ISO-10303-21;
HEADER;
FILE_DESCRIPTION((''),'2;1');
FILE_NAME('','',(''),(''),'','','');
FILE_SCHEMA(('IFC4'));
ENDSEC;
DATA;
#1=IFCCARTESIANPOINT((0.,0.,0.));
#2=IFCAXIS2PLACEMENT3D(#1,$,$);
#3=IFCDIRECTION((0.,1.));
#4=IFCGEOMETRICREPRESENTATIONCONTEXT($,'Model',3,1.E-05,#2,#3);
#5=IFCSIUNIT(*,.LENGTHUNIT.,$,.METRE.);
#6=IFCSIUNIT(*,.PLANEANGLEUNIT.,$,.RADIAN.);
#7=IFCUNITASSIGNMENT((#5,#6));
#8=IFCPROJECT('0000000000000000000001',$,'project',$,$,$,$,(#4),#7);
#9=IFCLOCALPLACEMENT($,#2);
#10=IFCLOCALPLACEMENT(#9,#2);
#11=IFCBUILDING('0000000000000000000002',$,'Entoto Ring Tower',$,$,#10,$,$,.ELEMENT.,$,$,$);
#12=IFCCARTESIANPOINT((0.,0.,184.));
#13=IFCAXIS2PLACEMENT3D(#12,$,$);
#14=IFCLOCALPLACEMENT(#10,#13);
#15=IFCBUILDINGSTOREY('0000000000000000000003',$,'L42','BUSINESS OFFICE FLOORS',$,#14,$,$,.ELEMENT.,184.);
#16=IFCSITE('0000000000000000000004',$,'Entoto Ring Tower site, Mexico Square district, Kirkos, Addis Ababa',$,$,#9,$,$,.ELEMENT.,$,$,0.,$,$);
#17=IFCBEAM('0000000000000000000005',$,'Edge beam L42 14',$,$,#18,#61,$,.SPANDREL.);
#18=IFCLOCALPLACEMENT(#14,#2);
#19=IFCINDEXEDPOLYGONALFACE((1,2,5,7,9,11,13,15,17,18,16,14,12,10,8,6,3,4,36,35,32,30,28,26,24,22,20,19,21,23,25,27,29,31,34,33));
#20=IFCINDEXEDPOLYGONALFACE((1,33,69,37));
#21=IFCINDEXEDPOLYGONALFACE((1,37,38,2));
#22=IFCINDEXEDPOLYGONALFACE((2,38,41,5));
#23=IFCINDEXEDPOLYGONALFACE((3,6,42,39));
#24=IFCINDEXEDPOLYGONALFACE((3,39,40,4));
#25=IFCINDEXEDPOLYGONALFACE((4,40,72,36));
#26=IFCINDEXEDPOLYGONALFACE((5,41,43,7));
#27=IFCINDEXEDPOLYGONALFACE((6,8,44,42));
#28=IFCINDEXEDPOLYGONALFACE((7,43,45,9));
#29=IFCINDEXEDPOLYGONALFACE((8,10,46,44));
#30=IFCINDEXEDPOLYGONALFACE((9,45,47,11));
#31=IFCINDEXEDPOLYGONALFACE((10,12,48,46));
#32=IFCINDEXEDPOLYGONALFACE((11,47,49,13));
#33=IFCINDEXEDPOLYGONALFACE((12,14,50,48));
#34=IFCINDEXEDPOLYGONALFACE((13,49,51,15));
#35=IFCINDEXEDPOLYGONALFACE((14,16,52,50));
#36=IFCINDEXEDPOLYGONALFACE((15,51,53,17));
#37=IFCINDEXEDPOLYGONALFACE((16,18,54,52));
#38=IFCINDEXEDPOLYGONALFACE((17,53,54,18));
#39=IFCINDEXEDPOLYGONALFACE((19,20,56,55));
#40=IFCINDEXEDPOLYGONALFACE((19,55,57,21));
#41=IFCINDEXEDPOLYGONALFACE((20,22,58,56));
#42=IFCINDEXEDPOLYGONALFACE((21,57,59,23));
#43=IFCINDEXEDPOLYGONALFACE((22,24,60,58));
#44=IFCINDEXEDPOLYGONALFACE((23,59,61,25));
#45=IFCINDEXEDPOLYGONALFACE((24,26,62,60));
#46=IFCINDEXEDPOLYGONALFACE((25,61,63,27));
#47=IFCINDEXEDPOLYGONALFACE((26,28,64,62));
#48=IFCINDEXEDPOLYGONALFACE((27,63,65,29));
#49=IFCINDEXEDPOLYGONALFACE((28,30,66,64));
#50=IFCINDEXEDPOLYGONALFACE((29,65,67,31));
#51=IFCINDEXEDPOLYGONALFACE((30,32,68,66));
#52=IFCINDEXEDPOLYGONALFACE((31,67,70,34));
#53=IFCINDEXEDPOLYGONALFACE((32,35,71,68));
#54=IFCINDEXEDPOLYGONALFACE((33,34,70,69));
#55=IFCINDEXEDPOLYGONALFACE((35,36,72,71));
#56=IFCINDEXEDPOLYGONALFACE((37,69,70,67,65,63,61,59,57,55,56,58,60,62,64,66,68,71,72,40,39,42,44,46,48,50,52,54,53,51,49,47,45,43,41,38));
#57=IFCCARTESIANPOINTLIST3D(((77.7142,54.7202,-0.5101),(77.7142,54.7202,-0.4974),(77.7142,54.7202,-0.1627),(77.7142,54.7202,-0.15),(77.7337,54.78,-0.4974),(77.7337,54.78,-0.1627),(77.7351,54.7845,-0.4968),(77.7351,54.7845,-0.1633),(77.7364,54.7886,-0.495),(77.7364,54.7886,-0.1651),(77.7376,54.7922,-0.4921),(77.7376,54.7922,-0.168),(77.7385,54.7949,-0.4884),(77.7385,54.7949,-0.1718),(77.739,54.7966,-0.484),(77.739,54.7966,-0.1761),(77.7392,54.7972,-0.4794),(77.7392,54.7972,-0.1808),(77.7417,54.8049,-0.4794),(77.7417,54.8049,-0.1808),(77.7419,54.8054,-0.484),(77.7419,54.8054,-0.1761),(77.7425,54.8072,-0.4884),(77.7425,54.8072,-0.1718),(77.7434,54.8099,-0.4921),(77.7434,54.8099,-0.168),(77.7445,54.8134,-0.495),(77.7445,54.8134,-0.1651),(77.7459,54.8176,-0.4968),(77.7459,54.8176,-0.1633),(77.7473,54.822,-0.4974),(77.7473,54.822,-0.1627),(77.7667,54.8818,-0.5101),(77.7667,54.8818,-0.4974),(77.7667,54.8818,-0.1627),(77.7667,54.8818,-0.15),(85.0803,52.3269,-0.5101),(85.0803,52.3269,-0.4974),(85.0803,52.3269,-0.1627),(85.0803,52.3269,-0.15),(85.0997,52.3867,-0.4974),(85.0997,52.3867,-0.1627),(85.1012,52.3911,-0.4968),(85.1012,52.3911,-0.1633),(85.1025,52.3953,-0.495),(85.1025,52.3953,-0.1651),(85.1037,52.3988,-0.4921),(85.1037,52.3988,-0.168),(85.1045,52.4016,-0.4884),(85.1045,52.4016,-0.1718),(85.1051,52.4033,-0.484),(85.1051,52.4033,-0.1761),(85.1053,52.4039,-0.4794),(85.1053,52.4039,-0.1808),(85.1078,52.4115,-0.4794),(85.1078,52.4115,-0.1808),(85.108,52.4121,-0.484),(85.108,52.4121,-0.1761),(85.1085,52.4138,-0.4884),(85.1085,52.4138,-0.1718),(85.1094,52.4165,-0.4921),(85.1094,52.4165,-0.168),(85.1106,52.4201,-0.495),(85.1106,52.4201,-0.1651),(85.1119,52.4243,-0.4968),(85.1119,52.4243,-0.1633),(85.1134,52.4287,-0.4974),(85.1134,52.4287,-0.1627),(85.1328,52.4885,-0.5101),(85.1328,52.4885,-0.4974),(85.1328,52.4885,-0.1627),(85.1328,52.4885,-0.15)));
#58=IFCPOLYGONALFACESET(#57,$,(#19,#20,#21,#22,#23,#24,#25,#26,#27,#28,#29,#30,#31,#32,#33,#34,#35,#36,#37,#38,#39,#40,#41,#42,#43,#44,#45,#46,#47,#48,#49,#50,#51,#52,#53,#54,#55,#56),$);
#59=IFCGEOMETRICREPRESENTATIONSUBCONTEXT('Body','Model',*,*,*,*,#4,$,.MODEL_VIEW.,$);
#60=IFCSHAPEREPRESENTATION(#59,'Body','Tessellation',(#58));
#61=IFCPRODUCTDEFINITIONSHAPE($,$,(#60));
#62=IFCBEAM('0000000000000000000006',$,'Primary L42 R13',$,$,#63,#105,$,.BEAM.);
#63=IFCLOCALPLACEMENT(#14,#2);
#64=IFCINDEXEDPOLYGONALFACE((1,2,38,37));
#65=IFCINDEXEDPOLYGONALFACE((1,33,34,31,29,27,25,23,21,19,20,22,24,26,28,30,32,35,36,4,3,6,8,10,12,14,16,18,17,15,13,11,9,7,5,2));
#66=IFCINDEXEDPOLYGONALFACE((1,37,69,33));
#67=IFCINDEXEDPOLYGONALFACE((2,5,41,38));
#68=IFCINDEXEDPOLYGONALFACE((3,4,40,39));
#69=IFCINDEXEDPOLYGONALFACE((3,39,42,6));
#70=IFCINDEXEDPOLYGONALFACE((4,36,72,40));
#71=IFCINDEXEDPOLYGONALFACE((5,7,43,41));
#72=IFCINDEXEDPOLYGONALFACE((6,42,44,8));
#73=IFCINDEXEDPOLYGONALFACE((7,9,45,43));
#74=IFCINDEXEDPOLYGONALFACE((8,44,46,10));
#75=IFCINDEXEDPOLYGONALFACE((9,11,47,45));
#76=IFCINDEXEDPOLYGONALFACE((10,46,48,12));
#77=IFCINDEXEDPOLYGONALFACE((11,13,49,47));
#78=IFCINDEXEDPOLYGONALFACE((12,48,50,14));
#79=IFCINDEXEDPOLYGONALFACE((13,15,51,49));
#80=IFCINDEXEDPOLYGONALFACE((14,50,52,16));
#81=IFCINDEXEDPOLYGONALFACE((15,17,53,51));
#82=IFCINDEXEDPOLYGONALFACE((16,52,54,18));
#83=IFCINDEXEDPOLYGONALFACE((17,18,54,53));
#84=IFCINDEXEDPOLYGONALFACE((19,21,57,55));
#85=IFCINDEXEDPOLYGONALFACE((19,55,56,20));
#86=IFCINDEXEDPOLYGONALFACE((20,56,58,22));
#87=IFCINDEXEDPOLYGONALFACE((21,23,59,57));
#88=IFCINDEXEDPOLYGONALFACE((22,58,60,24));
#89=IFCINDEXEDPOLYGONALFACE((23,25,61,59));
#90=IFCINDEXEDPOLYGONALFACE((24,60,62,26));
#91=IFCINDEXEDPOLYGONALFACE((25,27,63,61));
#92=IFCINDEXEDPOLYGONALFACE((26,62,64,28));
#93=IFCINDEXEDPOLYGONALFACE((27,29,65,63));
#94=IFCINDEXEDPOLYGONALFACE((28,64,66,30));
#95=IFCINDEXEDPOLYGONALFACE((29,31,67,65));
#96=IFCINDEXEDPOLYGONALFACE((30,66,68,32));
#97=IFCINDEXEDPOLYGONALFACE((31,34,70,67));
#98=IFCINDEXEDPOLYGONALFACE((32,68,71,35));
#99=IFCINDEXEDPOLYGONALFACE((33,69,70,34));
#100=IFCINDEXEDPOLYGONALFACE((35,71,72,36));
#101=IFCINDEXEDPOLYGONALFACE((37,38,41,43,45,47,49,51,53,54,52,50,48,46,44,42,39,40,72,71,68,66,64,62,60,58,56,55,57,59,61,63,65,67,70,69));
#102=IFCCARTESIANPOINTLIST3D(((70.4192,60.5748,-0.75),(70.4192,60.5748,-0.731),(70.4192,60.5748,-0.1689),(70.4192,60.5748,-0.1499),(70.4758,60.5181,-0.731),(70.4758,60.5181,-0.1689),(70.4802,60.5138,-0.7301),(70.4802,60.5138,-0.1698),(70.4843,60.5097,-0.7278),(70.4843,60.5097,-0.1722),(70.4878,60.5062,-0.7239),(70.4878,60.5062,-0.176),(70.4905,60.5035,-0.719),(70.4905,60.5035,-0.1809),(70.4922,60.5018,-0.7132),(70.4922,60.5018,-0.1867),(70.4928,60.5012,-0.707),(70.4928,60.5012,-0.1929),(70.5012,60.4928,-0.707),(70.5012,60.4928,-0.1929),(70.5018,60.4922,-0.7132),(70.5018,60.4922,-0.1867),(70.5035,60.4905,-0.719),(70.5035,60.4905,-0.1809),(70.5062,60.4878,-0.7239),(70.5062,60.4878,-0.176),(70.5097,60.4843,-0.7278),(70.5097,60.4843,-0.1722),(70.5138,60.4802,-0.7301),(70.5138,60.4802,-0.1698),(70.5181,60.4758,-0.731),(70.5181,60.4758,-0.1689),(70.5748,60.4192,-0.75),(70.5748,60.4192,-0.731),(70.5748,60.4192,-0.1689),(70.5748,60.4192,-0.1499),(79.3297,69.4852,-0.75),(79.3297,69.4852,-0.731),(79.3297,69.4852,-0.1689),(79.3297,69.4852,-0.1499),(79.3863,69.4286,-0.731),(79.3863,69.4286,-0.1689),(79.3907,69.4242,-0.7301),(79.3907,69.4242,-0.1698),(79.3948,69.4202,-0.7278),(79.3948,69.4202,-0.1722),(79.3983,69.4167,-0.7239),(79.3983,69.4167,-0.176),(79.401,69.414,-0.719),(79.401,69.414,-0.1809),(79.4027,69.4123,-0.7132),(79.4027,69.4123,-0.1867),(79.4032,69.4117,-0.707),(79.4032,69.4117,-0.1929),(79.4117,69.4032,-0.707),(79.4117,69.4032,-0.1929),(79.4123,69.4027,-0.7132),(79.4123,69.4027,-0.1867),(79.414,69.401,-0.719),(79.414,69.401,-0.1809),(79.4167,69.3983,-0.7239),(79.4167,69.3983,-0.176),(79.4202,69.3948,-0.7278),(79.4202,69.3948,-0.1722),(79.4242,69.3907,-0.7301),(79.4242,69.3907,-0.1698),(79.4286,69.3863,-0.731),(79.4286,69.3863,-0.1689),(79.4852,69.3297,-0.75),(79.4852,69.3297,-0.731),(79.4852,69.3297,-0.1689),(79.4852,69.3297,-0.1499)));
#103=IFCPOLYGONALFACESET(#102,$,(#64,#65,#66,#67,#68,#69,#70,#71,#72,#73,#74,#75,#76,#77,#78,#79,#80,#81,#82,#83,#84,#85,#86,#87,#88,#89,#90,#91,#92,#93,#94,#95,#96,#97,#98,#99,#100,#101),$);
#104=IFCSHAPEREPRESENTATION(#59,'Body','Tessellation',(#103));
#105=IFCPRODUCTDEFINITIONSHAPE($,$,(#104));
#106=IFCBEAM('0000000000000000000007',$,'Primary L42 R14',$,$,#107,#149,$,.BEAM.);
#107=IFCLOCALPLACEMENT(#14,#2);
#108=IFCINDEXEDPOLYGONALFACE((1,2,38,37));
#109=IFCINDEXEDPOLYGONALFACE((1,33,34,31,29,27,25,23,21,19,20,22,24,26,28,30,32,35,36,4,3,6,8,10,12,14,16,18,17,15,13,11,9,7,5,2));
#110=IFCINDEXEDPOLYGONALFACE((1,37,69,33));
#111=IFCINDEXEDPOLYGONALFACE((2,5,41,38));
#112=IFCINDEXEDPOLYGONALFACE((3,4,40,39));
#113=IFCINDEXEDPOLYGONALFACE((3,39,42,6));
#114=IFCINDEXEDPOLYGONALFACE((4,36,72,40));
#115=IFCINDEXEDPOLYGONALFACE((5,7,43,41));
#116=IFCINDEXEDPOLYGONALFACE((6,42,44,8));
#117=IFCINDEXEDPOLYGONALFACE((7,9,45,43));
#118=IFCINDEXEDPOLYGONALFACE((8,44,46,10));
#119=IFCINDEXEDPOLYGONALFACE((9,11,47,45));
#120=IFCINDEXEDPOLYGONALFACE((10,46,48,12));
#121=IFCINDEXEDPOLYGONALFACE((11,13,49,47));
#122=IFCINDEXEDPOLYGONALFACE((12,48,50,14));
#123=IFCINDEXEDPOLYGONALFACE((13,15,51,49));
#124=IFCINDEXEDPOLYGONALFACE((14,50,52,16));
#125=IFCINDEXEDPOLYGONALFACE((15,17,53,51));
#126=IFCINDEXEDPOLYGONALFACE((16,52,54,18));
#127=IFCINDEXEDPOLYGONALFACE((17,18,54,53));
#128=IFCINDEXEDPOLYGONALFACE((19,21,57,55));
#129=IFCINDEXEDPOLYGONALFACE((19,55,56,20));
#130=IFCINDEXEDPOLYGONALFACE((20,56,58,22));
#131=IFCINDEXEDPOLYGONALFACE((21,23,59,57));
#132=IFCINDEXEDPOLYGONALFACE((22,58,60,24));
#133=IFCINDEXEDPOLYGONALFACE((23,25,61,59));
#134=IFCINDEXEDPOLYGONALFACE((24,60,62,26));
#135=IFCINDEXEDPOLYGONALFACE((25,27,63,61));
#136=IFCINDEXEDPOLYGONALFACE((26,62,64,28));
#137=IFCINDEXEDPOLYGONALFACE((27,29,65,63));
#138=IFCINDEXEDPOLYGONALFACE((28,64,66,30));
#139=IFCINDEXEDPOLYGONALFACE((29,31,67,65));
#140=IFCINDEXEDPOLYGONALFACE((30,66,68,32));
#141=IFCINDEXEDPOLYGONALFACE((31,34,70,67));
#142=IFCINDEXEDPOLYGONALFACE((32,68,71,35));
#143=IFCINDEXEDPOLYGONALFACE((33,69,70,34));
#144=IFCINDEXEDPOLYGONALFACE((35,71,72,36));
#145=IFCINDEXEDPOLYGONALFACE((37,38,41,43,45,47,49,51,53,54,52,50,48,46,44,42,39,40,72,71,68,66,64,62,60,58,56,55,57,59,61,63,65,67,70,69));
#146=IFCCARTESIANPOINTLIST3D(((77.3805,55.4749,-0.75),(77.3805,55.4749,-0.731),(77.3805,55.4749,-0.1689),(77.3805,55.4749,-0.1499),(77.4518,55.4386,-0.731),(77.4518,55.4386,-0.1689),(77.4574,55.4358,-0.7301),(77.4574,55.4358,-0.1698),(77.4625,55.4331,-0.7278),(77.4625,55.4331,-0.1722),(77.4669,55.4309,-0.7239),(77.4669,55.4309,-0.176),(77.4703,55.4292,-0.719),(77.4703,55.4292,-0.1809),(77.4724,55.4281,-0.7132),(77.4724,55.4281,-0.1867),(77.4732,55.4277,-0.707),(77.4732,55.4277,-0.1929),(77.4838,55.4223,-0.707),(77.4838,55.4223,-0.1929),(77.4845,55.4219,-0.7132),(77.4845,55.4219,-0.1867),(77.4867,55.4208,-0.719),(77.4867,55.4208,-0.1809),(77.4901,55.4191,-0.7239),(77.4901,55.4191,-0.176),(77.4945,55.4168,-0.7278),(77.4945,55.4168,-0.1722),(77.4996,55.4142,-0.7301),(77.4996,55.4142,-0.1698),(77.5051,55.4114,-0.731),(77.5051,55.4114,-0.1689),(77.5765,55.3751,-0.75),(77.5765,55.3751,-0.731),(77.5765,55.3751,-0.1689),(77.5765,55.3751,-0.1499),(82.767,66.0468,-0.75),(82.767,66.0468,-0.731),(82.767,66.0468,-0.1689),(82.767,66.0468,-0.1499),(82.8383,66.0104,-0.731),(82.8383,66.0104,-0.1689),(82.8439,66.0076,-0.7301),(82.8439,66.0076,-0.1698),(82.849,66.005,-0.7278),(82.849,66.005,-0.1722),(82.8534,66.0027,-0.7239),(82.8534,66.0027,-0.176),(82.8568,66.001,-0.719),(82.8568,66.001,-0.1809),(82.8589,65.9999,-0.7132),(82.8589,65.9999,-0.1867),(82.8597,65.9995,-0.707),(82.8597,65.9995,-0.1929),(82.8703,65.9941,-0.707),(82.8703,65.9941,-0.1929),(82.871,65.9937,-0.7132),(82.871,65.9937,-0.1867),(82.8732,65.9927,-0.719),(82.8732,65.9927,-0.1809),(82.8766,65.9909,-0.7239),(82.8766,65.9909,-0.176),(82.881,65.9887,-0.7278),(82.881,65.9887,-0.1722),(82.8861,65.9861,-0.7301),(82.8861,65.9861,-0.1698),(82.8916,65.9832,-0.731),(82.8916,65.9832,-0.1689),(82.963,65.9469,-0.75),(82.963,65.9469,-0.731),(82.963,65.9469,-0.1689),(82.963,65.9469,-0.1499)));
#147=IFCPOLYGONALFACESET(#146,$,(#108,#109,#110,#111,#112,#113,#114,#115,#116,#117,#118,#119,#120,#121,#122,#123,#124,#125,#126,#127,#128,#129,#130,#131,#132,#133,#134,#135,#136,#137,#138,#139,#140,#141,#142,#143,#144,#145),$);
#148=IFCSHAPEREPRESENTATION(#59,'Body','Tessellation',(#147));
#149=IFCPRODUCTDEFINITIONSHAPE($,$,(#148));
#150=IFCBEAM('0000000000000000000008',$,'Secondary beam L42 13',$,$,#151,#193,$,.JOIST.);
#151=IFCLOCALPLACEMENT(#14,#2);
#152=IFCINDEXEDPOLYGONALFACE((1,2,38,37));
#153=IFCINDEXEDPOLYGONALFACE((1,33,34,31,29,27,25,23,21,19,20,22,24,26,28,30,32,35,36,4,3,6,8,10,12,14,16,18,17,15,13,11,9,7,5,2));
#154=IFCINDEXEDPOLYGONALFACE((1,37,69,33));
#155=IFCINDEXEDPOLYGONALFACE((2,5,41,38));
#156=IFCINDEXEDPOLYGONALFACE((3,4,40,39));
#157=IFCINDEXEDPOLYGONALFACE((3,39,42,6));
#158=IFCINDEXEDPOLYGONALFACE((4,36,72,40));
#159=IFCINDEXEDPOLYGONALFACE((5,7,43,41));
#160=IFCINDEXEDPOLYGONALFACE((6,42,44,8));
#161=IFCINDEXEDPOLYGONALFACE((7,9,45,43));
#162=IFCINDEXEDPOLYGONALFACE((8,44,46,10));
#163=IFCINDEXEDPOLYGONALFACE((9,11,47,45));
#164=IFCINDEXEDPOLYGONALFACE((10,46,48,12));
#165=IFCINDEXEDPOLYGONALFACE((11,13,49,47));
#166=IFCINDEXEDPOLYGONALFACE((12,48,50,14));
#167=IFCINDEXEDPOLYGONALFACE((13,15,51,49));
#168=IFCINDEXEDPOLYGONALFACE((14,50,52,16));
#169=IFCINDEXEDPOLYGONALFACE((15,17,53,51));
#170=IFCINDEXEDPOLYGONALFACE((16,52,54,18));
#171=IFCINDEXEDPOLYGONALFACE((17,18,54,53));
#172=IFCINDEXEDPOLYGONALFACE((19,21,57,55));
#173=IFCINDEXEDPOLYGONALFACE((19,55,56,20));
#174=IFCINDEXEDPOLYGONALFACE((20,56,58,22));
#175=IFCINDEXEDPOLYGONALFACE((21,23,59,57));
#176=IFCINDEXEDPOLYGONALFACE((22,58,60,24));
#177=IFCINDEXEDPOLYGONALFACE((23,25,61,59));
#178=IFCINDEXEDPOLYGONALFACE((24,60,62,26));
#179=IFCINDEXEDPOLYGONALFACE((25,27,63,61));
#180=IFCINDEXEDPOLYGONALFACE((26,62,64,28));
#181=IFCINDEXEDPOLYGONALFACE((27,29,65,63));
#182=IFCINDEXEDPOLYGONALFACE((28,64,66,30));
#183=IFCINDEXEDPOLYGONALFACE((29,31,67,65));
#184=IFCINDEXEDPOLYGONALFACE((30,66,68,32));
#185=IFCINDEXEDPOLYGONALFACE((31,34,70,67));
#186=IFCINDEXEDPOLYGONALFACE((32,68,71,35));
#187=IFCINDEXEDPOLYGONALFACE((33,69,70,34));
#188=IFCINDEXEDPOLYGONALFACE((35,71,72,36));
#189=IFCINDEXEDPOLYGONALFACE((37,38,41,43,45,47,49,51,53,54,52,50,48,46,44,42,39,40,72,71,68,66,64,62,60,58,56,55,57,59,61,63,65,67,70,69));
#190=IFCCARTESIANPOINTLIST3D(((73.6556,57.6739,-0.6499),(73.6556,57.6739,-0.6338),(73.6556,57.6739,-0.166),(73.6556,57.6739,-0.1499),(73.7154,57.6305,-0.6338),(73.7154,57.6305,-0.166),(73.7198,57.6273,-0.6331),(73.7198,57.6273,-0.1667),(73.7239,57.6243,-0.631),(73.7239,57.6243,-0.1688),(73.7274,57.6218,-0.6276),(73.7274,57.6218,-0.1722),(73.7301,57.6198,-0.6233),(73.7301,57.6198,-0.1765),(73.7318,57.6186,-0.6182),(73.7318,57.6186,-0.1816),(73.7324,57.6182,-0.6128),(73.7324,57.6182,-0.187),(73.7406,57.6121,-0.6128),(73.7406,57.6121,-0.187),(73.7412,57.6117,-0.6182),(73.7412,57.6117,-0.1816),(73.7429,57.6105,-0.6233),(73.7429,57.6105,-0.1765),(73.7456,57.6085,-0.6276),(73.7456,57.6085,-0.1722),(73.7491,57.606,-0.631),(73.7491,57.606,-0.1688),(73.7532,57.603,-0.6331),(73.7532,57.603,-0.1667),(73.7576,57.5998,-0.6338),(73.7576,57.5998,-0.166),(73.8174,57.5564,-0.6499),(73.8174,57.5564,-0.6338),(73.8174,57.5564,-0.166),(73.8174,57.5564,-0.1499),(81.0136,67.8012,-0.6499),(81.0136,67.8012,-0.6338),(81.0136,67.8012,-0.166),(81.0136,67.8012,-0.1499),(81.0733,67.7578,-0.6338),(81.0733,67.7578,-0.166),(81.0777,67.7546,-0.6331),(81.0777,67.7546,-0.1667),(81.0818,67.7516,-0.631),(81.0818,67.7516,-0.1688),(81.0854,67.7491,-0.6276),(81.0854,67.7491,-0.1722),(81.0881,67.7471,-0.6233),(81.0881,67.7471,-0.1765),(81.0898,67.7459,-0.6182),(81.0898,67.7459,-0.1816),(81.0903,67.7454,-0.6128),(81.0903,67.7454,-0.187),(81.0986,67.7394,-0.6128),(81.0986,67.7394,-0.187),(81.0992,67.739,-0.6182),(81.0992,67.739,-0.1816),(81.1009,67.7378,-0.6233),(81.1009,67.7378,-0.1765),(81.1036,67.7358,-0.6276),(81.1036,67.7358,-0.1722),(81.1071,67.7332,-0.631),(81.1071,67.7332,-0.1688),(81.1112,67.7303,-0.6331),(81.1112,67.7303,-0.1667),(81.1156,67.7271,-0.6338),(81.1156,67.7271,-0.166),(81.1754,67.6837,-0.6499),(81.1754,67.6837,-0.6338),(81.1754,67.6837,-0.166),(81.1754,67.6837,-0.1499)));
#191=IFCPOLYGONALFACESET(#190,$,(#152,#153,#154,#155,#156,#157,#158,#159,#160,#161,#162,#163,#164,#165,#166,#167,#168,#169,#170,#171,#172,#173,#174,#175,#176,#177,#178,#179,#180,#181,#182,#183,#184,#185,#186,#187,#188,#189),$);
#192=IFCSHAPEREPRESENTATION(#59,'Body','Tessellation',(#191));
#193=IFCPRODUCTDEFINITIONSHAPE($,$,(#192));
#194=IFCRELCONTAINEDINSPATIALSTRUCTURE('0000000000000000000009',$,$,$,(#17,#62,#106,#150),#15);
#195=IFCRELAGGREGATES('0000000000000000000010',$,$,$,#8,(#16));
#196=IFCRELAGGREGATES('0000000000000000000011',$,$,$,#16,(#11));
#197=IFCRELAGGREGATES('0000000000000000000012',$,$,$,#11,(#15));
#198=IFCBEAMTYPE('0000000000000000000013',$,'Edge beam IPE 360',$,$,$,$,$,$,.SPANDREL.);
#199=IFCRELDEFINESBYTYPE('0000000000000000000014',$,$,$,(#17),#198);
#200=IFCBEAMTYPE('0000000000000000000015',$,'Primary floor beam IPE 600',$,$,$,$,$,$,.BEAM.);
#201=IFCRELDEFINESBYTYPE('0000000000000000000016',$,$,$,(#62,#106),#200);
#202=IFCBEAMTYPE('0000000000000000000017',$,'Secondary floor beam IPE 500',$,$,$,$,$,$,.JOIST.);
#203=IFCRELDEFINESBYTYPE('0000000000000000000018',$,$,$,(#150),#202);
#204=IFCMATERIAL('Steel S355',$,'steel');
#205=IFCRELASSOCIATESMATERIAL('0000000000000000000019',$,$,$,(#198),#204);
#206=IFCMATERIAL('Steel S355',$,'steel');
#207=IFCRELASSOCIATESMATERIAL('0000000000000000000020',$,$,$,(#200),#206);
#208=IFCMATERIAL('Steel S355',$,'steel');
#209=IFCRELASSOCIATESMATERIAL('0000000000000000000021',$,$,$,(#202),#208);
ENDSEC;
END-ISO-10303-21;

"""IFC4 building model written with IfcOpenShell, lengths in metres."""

from ifc_helpers import new_model, si_unit, direction, frame, origin, origin_2d, place, context, subcontext, project, spatial, i_section, extrude, material, material_profile, profile_set, type_object, element, save


model = new_model("IFC4")

# Units and contexts
model_context = context("Model", 3, precision=1e-05, world=origin(), true_north=direction((0.0, 1.0)))
body_context = subcontext(model_context, "Body", "Model", "MODEL_VIEW")
ifc_project = project(units=[si_unit("LENGTHUNIT", "METRE"), si_unit("PLANEANGLEUNIT", "RADIAN")], contexts=[model_context])

# Site, building, storey
site_placement = place(None, origin())
site = spatial("IfcSite", under=ifc_project, at=site_placement, Name="Entoto Ring Tower site, Mexico Square district, Kirkos, Addis Ababa", CompositionType="ELEMENT", RefElevation=0.0)
building_placement = place(site_placement, origin())
building = spatial("IfcBuilding", under=site, at=building_placement, Name="Entoto Ring Tower", CompositionType="ELEMENT")
storey_placement = place(building_placement, frame((0.0, 0.0, 184.0)))
storey = spatial("IfcBuildingStorey", under=building, at=storey_placement, Name="L42", Description="BUSINESS OFFICE FLOORS", CompositionType="ELEMENT", Elevation=184.0)

# Beams
ifc_material_1 = material(Name="Steel S355", Category="steel")
ifc_material_profile_1 = material_profile(ifc_material_1, i_section(OverallWidth=0.1699, OverallDepth=0.3601, WebThickness=0.0081, FlangeThickness=0.0127, FilletRadius=0.0181, at=origin_2d()), Name="IPE 360")
ifc_profile_set_1 = profile_set([ifc_material_profile_1], Name="Steel S355")
beam_type_1 = type_object("IfcBeamType", Name="Edge beam IPE 360", PredefinedType="SPANDREL", material=ifc_profile_set_1)
for number, where, z_axis, x_axis, name in (
    (1, (77.7405, 54.801, -0.3301), (0.951058, -0.309013, 0.0), (0.309013, 0.951058, 0.0), "Edge beam L42 14"),
):
    element("IfcBeam", number, at=place(storey_placement, frame(where, z_axis=z_axis, x_axis=x_axis)), inside=storey, type_object=beam_type_1, Name=name, PredefinedType="SPANDREL", context=body_context, shape_type="SweptSolid", body=[
        extrude(i_section(OverallWidth=0.1699, OverallDepth=0.3601, WebThickness=0.0081, FlangeThickness=0.0127, FilletRadius=0.0181, at=origin_2d()), origin(), (0.0, 0.0, 1.0), 7.7451),
    ])
ifc_material_2 = material(Name="Steel S355", Category="steel")
ifc_material_profile_2 = material_profile(ifc_material_2, i_section(OverallWidth=0.22, OverallDepth=0.6001, WebThickness=0.012, FlangeThickness=0.019, FilletRadius=0.0239, at=origin_2d()), Name="IPE 600")
ifc_profile_set_2 = profile_set([ifc_material_profile_2], Name="Steel S355")
beam_type_2 = type_object("IfcBeamType", Name="Primary floor beam IPE 600", PredefinedType="BEAM", material=ifc_profile_set_2)
beam_1_placement = place(storey_placement, frame((79.4075, 69.4075, -0.45), z_axis=(-0.707107, -0.707107, 0.0), x_axis=(0.707107, -0.707107, 0.0)))
element("IfcBeam", 2, at=beam_1_placement, inside=storey, type_object=beam_type_2, Name="Primary L42 R13", PredefinedType="BEAM", context=body_context, shape_type="SweptSolid", body=[
    extrude(i_section(OverallWidth=0.22, OverallDepth=0.6001, WebThickness=0.012, FlangeThickness=0.019, FilletRadius=0.0239, at=origin_2d()), origin(), (0.0, 0.0, 1.0), 12.6013),
])
beam_2_placement = place(storey_placement, frame((82.865, 65.9968, -0.45), z_axis=(-0.453983, -0.89101, 0.0), x_axis=(0.89101, -0.453983, 0.0)))
element("IfcBeam", 3, at=beam_2_placement, inside=storey, type_object=beam_type_2, Name="Primary L42 R14", PredefinedType="BEAM", context=body_context, shape_type="SweptSolid", body=[
    extrude(i_section(OverallWidth=0.22, OverallDepth=0.6001, WebThickness=0.012, FlangeThickness=0.019, FilletRadius=0.0239, at=origin_2d()), origin(), (0.0, 0.0, 1.0), 11.865),
])
ifc_material_3 = material(Name="Steel S355", Category="steel")
ifc_material_profile_3 = material_profile(ifc_material_3, i_section(OverallWidth=0.2, OverallDepth=0.5, WebThickness=0.0103, FlangeThickness=0.0161, FilletRadius=0.021, at=origin_2d()), Name="IPE 500")
ifc_profile_set_3 = profile_set([ifc_material_profile_3], Name="Steel S355")
beam_type_3 = type_object("IfcBeamType", Name="Secondary floor beam IPE 500", PredefinedType="JOIST", material=ifc_profile_set_3)
beam_3_placement = place(storey_placement, frame((81.0945, 67.7424, -0.3999), z_axis=(-0.587789, -0.809014, 0.0), x_axis=(0.809014, -0.587789, 0.0)))
element("IfcBeam", 4, at=beam_3_placement, inside=storey, type_object=beam_type_3, Name="Secondary beam L42 13", PredefinedType="JOIST", context=body_context, shape_type="SweptSolid", body=[
    extrude(i_section(OverallWidth=0.2, OverallDepth=0.5, WebThickness=0.0103, FlangeThickness=0.0161, FilletRadius=0.021, at=origin_2d()), origin(), (0.0, 0.0, 1.0), 12.5181),
])

save(model, "model.ifc")
